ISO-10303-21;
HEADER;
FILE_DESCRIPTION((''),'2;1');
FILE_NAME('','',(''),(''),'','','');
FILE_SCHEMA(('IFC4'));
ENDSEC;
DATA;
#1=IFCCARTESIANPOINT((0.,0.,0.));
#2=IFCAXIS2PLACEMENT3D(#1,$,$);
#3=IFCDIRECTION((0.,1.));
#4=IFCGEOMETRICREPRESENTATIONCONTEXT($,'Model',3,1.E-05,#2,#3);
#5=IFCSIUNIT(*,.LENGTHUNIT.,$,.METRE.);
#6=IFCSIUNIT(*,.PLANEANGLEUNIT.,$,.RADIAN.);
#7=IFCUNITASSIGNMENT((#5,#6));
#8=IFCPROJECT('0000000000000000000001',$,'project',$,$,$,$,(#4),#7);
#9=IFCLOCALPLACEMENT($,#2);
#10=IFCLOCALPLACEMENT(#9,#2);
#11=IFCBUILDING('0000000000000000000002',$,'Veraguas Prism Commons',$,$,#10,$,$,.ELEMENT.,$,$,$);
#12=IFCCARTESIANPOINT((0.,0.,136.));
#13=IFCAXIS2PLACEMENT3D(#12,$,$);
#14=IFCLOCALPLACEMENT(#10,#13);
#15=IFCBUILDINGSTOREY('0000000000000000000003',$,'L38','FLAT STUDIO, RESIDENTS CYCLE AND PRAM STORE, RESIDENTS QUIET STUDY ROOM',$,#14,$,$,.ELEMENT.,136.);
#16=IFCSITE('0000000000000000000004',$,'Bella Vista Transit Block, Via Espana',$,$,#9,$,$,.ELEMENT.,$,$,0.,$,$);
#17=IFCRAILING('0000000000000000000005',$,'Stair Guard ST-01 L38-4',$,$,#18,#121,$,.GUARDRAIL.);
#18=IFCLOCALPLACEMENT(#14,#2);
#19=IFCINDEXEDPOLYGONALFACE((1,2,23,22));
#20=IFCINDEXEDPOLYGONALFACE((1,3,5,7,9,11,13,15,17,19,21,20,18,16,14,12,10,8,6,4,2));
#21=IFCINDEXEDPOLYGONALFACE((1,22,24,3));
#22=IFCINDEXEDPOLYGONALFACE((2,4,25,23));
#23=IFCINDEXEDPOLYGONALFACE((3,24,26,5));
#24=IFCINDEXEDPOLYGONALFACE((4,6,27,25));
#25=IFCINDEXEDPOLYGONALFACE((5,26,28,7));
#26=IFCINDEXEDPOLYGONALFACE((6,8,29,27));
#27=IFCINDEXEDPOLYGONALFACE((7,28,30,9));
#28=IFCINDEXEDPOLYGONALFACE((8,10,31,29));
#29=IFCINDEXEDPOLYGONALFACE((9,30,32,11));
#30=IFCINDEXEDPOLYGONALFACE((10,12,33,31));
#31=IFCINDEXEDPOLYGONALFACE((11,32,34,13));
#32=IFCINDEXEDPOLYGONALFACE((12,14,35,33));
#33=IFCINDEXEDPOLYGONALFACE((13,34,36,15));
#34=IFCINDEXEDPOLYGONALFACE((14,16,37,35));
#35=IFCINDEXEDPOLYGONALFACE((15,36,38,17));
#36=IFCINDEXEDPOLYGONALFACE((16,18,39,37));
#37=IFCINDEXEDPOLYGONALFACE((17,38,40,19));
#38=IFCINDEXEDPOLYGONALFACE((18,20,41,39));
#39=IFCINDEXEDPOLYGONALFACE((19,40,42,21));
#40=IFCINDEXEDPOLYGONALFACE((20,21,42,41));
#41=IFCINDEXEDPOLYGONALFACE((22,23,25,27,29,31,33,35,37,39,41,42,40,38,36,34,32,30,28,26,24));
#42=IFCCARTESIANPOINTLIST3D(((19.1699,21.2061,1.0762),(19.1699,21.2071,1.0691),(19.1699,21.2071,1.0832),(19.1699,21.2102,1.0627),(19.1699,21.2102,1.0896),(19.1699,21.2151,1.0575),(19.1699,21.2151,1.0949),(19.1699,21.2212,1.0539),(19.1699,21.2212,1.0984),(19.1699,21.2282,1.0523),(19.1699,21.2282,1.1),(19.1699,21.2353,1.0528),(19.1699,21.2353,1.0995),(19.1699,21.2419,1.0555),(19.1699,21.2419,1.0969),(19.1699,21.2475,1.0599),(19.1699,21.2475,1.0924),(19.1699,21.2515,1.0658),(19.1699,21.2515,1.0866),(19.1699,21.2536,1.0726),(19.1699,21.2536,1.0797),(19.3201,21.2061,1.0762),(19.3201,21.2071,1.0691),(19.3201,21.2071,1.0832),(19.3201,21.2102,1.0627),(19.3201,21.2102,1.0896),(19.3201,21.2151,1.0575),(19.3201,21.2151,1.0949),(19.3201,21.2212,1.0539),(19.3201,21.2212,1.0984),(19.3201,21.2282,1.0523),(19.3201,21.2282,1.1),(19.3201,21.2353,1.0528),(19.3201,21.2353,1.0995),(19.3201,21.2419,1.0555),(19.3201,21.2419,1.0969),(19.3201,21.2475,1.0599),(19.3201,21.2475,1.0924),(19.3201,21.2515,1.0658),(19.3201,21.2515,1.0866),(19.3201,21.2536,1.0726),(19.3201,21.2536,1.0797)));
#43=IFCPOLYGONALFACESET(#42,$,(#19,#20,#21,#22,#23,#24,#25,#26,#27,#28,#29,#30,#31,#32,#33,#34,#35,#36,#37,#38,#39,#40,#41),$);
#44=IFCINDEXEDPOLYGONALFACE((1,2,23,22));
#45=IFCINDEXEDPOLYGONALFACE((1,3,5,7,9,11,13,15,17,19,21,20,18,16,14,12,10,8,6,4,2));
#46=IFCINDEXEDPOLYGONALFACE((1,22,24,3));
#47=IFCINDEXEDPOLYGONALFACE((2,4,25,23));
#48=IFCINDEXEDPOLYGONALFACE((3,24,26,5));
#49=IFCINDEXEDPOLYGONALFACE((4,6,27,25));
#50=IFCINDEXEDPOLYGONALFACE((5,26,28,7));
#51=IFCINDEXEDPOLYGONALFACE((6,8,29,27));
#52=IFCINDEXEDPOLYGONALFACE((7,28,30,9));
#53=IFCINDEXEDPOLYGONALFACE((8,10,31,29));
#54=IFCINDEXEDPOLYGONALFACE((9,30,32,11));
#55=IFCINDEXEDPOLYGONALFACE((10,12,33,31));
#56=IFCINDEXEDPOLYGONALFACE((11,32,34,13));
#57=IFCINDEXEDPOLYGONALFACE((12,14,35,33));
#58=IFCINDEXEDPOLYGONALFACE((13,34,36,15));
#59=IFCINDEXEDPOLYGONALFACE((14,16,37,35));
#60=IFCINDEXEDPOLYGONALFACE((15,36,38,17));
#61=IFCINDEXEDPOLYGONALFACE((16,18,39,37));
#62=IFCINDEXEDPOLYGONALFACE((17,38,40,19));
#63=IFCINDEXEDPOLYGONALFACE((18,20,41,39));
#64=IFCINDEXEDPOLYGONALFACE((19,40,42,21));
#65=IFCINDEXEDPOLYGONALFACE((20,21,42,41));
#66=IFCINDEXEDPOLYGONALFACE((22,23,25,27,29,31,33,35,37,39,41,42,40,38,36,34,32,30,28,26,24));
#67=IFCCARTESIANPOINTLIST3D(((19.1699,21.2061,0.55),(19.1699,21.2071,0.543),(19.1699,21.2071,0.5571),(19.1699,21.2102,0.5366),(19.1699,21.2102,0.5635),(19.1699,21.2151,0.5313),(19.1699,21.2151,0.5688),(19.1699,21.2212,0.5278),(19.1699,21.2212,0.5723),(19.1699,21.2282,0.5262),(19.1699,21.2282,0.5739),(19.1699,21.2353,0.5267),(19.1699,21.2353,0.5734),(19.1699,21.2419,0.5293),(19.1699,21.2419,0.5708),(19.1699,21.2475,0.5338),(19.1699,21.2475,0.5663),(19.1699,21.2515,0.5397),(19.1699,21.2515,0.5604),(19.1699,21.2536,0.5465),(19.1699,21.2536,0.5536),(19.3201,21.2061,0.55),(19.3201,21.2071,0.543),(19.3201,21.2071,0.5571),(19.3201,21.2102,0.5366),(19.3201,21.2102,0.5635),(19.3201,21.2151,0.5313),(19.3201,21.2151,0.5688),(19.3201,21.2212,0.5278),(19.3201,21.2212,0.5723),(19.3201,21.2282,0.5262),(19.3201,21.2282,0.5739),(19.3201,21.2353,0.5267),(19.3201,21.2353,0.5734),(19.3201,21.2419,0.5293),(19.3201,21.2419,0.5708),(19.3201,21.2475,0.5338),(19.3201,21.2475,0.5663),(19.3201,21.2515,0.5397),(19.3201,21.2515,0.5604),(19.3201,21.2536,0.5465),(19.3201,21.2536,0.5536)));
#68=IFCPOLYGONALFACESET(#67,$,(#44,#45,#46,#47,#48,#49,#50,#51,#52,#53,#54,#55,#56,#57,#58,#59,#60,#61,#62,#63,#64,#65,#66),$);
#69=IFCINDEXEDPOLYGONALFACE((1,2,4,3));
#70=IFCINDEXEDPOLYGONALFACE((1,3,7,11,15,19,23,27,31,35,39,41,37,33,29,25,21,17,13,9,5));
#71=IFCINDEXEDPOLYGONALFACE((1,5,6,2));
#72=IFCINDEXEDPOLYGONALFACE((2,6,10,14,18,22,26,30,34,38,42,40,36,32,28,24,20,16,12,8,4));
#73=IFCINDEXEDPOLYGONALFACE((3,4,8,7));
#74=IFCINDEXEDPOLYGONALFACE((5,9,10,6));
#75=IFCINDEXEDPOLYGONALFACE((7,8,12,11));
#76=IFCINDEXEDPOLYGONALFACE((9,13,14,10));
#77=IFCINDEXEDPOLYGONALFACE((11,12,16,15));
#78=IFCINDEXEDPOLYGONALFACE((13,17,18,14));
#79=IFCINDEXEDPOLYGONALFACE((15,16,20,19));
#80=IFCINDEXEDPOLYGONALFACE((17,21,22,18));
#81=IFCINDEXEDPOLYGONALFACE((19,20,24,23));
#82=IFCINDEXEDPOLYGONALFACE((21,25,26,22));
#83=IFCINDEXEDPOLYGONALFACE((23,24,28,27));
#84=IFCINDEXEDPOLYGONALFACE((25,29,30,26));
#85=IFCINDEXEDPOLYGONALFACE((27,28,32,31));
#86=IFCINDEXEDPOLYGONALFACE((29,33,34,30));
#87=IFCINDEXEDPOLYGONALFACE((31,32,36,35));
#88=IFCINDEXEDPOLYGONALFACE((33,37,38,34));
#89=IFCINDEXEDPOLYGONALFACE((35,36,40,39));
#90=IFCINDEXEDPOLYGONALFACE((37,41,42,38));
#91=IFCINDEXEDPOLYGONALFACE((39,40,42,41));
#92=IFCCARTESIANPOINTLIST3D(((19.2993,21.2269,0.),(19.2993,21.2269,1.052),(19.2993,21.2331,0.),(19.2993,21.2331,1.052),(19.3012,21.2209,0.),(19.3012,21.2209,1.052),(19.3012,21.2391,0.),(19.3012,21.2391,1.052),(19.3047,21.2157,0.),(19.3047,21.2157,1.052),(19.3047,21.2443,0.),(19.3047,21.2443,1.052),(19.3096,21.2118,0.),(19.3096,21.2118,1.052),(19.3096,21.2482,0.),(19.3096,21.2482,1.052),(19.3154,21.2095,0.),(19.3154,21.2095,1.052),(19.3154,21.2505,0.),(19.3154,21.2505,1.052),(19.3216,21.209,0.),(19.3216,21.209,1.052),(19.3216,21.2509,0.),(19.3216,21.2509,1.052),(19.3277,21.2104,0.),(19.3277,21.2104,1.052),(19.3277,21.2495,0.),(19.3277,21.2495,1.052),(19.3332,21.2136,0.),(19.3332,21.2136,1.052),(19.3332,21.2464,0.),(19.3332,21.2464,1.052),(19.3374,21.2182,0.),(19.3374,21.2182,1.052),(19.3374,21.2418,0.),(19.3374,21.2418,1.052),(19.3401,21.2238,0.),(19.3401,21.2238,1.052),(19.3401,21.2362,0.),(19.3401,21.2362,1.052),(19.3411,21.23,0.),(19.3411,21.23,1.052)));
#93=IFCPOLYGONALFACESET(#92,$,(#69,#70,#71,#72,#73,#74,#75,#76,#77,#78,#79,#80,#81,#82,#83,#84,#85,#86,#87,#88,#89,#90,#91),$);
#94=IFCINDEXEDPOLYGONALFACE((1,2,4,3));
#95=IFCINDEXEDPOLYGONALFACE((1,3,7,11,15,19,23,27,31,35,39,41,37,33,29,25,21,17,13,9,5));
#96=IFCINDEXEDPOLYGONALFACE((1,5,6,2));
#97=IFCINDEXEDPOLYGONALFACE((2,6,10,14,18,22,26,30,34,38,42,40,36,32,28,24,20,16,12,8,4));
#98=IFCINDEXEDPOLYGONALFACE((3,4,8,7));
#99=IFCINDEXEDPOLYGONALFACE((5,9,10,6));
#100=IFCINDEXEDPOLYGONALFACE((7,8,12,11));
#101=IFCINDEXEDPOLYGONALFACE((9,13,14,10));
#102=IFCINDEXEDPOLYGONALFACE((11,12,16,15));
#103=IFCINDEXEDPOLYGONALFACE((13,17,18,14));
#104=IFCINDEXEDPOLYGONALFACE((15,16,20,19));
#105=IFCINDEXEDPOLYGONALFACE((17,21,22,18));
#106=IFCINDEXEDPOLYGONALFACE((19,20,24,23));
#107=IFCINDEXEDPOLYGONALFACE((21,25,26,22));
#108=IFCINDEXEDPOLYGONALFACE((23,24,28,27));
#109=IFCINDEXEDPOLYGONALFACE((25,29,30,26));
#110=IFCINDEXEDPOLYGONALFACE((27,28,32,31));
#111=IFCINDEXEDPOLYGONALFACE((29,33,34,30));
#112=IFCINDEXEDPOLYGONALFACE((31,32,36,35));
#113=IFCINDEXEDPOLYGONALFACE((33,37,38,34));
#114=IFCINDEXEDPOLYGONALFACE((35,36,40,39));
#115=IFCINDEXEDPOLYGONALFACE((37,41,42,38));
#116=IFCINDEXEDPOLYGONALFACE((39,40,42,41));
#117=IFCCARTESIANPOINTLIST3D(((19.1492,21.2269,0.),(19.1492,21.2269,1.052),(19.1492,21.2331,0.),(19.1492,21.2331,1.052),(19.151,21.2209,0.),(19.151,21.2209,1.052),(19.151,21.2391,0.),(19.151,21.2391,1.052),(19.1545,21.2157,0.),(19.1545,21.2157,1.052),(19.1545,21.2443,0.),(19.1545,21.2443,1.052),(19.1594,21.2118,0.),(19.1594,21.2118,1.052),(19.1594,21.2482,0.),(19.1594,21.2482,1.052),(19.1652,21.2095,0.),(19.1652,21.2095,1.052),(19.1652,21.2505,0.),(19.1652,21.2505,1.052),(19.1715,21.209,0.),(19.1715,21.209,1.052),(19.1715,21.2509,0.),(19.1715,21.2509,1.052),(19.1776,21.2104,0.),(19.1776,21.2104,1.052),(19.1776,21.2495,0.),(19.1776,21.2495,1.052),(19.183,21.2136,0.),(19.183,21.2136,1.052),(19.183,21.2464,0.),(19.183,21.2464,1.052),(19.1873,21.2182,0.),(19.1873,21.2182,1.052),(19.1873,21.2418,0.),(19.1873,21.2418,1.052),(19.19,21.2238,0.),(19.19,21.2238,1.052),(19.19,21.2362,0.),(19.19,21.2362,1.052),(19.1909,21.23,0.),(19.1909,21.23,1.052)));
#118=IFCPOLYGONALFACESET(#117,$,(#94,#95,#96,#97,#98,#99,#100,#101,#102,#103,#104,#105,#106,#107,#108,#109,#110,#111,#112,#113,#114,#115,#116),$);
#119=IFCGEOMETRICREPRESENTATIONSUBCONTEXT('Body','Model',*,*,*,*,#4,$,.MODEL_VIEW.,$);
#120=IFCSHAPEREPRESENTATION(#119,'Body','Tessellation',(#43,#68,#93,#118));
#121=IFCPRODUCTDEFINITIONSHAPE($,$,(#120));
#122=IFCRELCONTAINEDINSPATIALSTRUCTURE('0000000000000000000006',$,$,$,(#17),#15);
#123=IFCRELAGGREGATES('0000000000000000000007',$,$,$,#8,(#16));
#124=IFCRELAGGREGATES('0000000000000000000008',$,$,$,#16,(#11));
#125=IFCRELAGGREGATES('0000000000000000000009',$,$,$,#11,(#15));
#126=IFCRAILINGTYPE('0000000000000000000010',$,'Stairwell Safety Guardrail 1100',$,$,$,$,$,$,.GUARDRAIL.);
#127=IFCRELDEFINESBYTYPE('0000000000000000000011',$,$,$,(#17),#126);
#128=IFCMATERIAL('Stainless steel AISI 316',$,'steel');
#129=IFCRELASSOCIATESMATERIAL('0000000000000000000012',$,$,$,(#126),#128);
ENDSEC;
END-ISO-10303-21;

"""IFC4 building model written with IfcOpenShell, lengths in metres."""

from ifc_helpers import new_model, si_unit, direction, frame, origin, origin_2d, place, context, subcontext, project, spatial, circle, extrude, material, type_object, element, save


model = new_model("IFC4")

# Units and contexts
model_context = context("Model", 3, precision=1e-05, world=origin(), true_north=direction((0.0, 1.0)))
body_context = subcontext(model_context, "Body", "Model", "MODEL_VIEW")
ifc_project = project(units=[si_unit("LENGTHUNIT", "METRE"), si_unit("PLANEANGLEUNIT", "RADIAN")], contexts=[model_context])

# Site, building, storey
site_placement = place(None, origin())
site = spatial("IfcSite", under=ifc_project, at=site_placement, Name="Bella Vista Transit Block, Via Espana", CompositionType="ELEMENT", RefElevation=0.0)
building_placement = place(site_placement, origin())
building = spatial("IfcBuilding", under=site, at=building_placement, Name="Veraguas Prism Commons", CompositionType="ELEMENT")
storey_placement = place(building_placement, frame((0.0, 0.0, 136.0)))
storey = spatial("IfcBuildingStorey", under=building, at=storey_placement, Name="L38", Description="FLAT STUDIO, RESIDENTS CYCLE AND PRAM STORE, RESIDENTS QUIET STUDY ROOM", CompositionType="ELEMENT", Elevation=136.0)

# Railing
ifc_material_1 = material(Name="Stainless steel AISI 316", Category="steel")
railing_type_1 = type_object("IfcRailingType", Name="Stairwell Safety Guardrail 1100", PredefinedType="GUARDRAIL", material=ifc_material_1)
railing_1_placement = place(storey_placement, frame((19.3201, 21.23, 0.0)))
element("IfcRailing", 1, at=railing_1_placement, inside=storey, type_object=railing_type_1, Name="Stair Guard ST-01 L38-4", PredefinedType="GUARDRAIL", context=body_context, shape_type="SweptSolid", body=[
    extrude(circle(Radius=0.0239, at=origin_2d()), frame((0.0, 0.0, 1.0762), z_axis=(-1.0, 0.0, 0.0), x_axis=(0.0, -1.0, 0.0)), (0.0, 0.0, 1.0), 0.1501),
    extrude(circle(Radius=0.0239, at=origin_2d()), frame((0.0, 0.0, 0.55), z_axis=(-1.0, 0.0, 0.0), x_axis=(0.0, -1.0, 0.0)), (0.0, 0.0, 1.0), 0.1501),
    extrude(circle(Radius=0.021, at=origin_2d()), origin(), (0.0, 0.0, 1.0), 1.052),
    extrude(circle(Radius=0.021, at=origin_2d()), frame((-0.1501, 0.0, 0.0)), (0.0, 0.0, 1.0), 1.052),
])

save(model, "model.ifc")
